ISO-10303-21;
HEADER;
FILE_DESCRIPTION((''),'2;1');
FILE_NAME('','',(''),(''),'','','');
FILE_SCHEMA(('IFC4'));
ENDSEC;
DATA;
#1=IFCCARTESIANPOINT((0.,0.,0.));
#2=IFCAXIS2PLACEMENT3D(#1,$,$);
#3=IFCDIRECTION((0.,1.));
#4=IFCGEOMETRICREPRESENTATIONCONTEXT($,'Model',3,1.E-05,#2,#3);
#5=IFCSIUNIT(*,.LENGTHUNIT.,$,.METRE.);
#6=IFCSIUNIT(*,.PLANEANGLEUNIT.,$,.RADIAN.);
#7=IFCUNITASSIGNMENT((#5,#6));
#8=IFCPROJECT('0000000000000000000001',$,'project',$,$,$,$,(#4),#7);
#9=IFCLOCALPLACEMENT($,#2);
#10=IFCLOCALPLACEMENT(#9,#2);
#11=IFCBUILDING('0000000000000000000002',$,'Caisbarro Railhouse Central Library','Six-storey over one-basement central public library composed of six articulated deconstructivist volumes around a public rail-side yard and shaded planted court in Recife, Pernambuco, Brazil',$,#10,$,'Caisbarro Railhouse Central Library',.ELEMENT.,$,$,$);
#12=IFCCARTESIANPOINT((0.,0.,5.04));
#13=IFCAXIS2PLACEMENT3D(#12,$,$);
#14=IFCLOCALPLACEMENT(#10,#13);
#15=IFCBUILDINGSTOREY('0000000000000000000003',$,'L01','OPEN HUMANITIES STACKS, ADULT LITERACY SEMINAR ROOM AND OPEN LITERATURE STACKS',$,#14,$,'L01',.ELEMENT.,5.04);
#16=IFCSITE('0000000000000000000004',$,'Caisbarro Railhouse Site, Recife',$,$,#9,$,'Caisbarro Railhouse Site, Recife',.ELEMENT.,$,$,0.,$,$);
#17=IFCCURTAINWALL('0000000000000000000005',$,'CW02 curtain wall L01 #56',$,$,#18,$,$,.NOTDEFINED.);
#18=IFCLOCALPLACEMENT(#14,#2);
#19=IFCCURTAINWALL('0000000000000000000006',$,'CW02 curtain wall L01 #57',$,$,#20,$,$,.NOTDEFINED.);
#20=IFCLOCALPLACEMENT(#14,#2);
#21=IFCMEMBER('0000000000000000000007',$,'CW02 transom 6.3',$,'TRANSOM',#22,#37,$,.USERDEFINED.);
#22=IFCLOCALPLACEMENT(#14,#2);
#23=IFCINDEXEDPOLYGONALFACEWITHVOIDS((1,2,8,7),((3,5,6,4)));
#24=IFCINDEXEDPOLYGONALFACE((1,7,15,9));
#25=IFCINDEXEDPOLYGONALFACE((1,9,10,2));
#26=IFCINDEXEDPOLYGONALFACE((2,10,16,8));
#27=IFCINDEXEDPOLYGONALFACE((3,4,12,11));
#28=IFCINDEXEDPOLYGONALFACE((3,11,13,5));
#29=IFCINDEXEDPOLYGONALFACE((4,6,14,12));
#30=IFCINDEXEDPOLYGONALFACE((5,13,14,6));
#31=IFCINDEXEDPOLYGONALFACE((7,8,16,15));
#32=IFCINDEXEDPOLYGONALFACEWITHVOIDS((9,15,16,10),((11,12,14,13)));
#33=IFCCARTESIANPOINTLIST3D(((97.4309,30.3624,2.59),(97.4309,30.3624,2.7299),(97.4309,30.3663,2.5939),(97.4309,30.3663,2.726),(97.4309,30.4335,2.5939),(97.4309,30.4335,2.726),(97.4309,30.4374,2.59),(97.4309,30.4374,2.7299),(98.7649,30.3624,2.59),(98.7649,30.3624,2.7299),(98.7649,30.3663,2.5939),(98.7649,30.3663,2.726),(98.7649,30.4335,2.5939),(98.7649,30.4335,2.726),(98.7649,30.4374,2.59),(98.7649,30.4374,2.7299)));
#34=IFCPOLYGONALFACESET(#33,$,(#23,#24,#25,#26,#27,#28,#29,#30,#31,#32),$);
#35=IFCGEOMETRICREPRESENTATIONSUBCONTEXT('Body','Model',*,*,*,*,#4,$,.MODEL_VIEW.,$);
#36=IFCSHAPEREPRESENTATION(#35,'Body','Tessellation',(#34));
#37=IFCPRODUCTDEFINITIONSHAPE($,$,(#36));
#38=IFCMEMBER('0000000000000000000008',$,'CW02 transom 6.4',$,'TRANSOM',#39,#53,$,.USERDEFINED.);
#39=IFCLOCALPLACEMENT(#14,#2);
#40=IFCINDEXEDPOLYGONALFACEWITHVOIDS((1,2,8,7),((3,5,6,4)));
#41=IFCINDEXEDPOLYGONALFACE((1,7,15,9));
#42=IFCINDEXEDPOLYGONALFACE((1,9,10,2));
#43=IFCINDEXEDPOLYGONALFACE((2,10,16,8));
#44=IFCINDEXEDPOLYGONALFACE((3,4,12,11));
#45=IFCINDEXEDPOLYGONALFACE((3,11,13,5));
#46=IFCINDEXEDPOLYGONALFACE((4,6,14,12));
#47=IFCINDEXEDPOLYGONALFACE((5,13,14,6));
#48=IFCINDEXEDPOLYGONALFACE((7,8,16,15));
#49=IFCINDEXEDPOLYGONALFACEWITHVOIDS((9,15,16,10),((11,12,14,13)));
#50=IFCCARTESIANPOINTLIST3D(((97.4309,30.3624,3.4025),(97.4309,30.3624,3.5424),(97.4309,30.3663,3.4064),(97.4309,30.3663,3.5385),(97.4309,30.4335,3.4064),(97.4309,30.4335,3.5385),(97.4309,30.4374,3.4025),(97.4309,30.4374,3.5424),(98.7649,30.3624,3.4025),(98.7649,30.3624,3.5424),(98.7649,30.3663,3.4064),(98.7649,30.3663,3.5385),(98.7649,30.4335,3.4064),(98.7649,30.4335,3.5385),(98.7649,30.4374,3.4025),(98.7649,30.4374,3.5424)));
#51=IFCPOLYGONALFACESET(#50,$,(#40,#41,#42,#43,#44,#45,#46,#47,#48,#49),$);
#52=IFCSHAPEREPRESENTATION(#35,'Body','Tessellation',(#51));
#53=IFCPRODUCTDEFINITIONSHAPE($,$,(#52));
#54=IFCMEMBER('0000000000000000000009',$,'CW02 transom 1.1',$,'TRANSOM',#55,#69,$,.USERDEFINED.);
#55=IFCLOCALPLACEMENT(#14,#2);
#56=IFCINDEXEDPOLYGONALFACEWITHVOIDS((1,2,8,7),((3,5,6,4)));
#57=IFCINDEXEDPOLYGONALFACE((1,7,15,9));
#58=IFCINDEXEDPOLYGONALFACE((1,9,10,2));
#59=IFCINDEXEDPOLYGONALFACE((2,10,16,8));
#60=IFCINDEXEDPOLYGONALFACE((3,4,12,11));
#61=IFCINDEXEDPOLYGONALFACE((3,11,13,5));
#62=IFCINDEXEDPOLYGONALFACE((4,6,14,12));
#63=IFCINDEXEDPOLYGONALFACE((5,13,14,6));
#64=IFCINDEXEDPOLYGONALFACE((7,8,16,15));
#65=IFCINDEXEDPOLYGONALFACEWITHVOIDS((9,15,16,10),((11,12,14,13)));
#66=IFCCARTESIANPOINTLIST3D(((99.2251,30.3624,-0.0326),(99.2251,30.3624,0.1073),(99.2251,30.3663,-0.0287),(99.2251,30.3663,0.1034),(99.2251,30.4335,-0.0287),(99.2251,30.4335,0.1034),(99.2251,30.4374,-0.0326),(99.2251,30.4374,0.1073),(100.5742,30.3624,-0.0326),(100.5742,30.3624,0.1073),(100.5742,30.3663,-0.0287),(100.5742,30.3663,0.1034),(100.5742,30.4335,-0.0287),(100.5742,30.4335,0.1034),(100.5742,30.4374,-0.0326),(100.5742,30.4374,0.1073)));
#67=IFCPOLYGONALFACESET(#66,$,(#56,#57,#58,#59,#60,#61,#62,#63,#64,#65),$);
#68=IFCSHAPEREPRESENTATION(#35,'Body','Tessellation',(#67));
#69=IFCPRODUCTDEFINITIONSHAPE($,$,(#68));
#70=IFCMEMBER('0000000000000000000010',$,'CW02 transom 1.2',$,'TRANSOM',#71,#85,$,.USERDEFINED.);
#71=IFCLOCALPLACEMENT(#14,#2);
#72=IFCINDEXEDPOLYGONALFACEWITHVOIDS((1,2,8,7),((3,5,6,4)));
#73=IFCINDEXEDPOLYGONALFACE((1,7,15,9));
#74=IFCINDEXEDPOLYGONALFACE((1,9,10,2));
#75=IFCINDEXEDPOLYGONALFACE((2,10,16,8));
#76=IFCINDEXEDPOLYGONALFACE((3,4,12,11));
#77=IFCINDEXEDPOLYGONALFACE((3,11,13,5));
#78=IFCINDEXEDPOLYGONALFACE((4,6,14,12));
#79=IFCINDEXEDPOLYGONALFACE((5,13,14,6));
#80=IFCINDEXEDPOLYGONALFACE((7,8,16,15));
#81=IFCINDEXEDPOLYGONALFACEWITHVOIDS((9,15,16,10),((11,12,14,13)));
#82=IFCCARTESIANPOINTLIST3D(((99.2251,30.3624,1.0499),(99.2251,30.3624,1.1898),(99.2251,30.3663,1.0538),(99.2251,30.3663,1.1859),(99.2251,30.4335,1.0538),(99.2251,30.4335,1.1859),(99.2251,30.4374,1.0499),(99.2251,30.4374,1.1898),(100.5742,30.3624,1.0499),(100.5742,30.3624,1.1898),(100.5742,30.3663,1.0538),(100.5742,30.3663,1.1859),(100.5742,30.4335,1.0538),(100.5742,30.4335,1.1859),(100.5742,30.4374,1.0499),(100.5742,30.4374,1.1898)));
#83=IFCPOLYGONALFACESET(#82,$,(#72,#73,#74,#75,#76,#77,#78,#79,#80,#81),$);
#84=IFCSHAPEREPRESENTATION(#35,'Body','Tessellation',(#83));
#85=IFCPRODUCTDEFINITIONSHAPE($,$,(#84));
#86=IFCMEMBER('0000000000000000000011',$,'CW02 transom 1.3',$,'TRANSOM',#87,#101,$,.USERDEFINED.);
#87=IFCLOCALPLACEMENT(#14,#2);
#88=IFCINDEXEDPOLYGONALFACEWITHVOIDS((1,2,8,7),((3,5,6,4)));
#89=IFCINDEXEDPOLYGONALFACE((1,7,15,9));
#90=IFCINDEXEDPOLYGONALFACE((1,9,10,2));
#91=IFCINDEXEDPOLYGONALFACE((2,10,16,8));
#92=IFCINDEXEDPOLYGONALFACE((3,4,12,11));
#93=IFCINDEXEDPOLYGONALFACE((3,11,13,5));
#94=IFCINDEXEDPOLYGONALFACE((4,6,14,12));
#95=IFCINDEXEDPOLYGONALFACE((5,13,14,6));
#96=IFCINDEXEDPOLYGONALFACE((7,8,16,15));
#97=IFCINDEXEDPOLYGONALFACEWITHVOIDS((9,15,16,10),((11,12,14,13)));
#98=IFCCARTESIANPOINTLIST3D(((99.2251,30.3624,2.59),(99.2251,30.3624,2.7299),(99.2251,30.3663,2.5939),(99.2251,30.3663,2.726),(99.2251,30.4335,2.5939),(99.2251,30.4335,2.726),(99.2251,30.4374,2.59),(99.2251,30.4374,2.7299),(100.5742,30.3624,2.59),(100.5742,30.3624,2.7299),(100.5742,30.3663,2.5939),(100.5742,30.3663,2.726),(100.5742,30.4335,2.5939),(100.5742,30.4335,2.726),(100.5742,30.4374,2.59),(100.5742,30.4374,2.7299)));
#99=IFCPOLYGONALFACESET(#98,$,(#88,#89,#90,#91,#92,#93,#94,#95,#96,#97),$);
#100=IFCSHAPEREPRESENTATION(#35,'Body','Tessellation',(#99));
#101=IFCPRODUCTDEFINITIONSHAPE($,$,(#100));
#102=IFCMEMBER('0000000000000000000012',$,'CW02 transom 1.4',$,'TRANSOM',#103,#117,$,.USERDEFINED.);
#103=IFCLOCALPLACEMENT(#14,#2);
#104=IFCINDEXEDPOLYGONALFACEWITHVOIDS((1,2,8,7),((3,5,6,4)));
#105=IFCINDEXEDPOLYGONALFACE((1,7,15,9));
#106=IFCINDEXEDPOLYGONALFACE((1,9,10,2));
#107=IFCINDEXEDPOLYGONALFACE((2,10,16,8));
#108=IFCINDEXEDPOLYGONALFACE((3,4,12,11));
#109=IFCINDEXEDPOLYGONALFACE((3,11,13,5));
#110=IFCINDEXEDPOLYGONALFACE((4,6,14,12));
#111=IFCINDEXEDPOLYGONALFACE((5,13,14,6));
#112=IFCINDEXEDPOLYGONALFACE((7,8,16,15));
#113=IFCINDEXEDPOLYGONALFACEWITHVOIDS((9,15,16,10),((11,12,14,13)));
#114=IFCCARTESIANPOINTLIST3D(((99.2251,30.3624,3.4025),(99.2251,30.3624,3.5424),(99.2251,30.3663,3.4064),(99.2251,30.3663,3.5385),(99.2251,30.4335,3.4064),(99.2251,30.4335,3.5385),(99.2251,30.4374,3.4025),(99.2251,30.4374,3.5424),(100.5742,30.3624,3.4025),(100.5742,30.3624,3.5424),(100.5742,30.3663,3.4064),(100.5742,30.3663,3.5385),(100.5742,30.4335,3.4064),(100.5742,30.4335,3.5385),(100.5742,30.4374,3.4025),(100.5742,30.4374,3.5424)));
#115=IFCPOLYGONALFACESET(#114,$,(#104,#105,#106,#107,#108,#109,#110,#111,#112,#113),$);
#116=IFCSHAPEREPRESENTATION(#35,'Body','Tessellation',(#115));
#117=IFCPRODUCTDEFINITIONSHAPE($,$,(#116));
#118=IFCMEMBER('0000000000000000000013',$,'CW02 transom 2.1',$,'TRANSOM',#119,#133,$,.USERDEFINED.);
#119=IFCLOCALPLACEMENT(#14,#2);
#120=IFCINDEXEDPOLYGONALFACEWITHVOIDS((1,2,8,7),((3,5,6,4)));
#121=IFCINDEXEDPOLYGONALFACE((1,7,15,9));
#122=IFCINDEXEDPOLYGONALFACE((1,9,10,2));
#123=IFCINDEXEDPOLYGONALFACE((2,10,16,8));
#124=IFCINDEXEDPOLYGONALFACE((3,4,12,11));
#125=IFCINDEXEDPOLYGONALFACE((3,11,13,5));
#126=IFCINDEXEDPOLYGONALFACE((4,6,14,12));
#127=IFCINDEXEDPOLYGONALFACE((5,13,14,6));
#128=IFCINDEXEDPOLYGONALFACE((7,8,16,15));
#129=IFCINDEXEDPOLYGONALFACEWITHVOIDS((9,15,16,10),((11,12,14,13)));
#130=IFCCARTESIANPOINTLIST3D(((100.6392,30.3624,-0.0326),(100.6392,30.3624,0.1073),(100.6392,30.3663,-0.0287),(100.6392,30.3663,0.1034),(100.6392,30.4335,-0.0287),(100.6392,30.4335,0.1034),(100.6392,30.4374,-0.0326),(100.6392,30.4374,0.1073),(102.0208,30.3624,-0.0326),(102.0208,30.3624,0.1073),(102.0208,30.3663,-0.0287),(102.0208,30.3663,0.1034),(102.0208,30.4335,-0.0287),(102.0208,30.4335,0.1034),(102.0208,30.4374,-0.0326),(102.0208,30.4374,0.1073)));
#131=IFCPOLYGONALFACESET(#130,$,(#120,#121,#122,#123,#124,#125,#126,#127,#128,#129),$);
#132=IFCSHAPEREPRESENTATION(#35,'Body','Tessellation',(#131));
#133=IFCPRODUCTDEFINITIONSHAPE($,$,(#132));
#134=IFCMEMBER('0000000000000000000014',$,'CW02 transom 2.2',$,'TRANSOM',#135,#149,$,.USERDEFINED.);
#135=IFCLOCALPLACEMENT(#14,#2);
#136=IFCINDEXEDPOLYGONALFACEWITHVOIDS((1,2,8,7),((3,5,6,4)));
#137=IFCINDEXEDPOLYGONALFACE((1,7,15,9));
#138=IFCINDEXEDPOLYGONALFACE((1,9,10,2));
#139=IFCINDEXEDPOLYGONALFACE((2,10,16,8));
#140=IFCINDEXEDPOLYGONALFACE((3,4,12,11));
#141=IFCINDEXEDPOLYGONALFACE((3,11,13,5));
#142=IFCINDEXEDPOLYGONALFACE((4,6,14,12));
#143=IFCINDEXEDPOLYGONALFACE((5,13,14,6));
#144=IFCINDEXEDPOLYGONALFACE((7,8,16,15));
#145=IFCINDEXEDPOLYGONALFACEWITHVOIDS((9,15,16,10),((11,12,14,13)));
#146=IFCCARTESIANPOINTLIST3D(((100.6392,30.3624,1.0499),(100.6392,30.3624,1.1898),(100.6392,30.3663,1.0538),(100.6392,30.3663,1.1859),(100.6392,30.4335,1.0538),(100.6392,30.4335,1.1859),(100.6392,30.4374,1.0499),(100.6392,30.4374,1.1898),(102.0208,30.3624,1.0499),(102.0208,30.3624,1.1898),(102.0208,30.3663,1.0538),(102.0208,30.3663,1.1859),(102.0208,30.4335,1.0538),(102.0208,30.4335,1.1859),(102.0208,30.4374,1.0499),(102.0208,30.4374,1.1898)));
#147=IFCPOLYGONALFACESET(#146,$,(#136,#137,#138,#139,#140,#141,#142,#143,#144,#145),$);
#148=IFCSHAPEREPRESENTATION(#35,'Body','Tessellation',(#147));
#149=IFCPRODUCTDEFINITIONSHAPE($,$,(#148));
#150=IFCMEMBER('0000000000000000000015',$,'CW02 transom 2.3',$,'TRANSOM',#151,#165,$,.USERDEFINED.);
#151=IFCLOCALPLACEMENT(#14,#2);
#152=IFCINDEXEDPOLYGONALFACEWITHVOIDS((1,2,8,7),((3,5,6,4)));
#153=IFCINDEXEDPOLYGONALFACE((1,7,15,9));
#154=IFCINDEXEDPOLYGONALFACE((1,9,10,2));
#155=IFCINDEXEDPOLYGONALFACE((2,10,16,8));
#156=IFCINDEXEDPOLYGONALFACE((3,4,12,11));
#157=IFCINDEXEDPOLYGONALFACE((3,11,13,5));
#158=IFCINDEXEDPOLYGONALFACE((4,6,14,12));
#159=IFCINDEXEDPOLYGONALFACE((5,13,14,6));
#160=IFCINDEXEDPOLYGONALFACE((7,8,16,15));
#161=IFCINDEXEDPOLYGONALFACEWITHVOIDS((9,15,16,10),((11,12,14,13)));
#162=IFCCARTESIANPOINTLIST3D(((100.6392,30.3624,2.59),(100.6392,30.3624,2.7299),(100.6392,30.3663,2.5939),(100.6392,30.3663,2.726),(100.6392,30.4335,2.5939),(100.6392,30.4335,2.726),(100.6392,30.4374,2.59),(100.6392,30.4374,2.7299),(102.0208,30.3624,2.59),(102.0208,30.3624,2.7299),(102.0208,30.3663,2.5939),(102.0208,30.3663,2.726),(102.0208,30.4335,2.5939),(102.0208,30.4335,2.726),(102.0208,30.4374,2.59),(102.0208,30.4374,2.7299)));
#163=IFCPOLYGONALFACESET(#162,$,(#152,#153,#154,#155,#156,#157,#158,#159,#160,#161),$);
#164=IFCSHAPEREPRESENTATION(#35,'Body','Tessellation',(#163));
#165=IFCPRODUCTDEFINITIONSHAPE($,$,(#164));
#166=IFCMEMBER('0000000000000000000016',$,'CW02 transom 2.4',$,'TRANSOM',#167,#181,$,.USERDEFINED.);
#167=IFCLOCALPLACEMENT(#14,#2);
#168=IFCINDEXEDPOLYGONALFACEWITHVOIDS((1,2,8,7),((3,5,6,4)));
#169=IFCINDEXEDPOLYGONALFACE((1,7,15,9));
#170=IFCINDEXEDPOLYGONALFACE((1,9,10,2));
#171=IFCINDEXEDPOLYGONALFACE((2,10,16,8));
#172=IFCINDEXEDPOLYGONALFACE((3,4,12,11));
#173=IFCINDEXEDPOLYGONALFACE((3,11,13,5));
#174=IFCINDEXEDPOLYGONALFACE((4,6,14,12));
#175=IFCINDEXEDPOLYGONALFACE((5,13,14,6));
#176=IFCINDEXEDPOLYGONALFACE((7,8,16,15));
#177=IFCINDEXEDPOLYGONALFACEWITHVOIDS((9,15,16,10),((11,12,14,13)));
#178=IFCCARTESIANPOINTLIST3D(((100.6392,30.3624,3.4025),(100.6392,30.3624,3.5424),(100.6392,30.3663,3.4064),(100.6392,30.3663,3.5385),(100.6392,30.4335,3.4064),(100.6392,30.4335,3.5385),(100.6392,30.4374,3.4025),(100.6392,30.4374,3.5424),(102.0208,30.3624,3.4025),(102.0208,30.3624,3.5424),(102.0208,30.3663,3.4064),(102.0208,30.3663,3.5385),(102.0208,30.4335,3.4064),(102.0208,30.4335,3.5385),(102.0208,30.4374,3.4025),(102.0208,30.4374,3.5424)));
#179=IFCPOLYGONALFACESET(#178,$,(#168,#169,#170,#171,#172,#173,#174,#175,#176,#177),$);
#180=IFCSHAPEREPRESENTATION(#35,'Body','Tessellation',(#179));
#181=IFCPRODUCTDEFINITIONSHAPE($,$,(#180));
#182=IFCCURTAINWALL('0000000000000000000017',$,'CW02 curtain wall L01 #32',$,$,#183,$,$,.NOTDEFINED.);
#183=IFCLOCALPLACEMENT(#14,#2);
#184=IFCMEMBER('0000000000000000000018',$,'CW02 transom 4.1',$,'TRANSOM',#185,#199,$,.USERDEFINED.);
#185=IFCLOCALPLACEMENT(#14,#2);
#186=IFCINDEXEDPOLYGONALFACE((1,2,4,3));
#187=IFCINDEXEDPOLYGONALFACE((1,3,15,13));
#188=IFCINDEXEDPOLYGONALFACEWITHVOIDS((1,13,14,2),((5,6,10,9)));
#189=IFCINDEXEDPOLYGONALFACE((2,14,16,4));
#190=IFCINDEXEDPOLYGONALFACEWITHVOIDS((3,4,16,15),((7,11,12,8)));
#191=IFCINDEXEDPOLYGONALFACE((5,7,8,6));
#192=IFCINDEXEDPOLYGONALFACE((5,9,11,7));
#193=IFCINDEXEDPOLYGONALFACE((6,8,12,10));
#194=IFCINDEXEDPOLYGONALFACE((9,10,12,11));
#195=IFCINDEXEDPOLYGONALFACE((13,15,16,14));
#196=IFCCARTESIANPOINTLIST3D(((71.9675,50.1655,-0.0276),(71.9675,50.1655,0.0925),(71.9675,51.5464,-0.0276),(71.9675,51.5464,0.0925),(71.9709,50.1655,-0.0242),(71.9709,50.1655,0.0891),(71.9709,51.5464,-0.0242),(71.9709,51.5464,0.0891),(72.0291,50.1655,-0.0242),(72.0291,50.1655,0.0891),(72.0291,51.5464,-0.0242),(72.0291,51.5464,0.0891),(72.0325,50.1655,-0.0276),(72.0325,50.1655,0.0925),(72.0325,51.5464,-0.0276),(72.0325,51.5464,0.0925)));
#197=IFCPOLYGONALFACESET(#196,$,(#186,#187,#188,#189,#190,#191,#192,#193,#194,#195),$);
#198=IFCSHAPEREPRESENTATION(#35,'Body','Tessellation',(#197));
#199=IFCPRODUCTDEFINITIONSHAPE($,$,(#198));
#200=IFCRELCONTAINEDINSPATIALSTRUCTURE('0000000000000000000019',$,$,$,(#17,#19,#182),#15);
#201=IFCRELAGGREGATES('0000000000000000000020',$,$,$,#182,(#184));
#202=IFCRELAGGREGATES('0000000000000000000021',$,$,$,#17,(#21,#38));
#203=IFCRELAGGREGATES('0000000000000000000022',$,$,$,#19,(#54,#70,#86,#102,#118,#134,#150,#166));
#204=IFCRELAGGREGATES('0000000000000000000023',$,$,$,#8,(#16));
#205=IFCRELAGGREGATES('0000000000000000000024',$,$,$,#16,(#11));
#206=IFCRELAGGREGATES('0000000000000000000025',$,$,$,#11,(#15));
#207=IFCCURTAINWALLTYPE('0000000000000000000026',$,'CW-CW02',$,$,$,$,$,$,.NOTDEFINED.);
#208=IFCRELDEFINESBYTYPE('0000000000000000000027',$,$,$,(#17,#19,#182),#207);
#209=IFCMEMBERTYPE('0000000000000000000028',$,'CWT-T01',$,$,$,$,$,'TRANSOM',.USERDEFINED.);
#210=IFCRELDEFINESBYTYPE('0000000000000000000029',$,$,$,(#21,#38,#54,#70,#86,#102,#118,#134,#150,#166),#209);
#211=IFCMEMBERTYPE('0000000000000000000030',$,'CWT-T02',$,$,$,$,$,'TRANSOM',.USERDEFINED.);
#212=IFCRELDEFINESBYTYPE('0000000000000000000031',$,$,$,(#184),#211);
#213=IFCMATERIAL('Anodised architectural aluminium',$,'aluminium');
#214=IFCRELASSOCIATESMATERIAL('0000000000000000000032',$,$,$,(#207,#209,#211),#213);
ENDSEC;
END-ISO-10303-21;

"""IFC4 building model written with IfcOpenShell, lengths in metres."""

from ifc_helpers import new_model, si_unit, direction, frame, origin, origin_2d, place, context, subcontext, project, spatial, hollow_rectangle, extrude, material, material_profile, profile_set, type_object, element, aggregate, save


model = new_model("IFC4")

# Units and contexts
model_context = context("Model", 3, precision=1e-05, world=origin(), true_north=direction((0.0, 1.0)))
body_context = subcontext(model_context, "Body", "Model", "MODEL_VIEW")
ifc_project = project(units=[si_unit("LENGTHUNIT", "METRE"), si_unit("PLANEANGLEUNIT", "RADIAN")], contexts=[model_context])

# Site, building, storey
site_placement = place(None, origin())
site = spatial("IfcSite", under=ifc_project, at=site_placement, Name="Caisbarro Railhouse Site, Recife", LongName="Caisbarro Railhouse Site, Recife", CompositionType="ELEMENT", RefElevation=0.0)
building_placement = place(site_placement, origin())
building = spatial("IfcBuilding", under=site, at=building_placement, Name="Caisbarro Railhouse Central Library", Description="Six-storey over one-basement central public library composed of six articulated deconstructivist volumes around a public rail-side yard and shaded planted court in Recife, Pernambuco, Brazil", LongName="Caisbarro Railhouse Central Library", CompositionType="ELEMENT")
storey_placement = place(building_placement, frame((0.0, 0.0, 5.04)))
storey = spatial("IfcBuildingStorey", under=building, at=storey_placement, Name="L01", Description="OPEN HUMANITIES STACKS, ADULT LITERACY SEMINAR ROOM AND OPEN LITERATURE STACKS", LongName="L01", CompositionType="ELEMENT", Elevation=5.04)

# Curtain wall
ifc_material_1 = material(Name="Anodised architectural aluminium", Category="aluminium")
curtain_wall_type = type_object("IfcCurtainWallType", Name="CW-CW02", PredefinedType="NOTDEFINED", material=ifc_material_1)
curtain_wall_1_placement = place(storey_placement, origin())
curtain_wall_1 = element("IfcCurtainWall", 1, at=curtain_wall_1_placement, inside=storey, type_object=curtain_wall_type, Name="CW02 curtain wall L01 #56", PredefinedType="NOTDEFINED")

# Curtain wall
curtain_wall_2_placement = place(storey_placement, origin())
curtain_wall_2 = element("IfcCurtainWall", 2, at=curtain_wall_2_placement, inside=storey, type_object=curtain_wall_type, Name="CW02 curtain wall L01 #57", PredefinedType="NOTDEFINED")

# Members
ifc_material_profile_1 = material_profile(ifc_material_1, hollow_rectangle(XDim=0.075, YDim=0.1399, WallThickness=0.0039, at=origin_2d()), Name="ALU-TRN-75X140")
ifc_profile_set_1 = profile_set([ifc_material_profile_1], Name="Anodised architectural aluminium")
member_type_1 = type_object("IfcMemberType", Name="CWT-T01", ElementType="TRANSOM", PredefinedType="USERDEFINED", material=ifc_profile_set_1)
member_1_placement = place(storey_placement, frame((97.4309, 30.3999, 2.6599), z_axis=(1.0, 0.0, 0.0), x_axis=(0.0, 1.0, 0.0)))
member_1 = element("IfcMember", 3, at=member_1_placement, type_object=member_type_1, Name="CW02 transom 6.3", ObjectType="TRANSOM", PredefinedType="USERDEFINED", context=body_context, shape_type="SweptSolid", body=[
    extrude(hollow_rectangle(XDim=0.075, YDim=0.1399, WallThickness=0.0039, at=origin_2d()), origin(), (0.0, 0.0, 1.0), 1.334),
])
member_2_placement = place(storey_placement, frame((97.4309, 30.3999, 3.4724), z_axis=(1.0, 0.0, 0.0), x_axis=(0.0, 1.0, 0.0)))
member_2 = element("IfcMember", 4, at=member_2_placement, type_object=member_type_1, Name="CW02 transom 6.4", ObjectType="TRANSOM", PredefinedType="USERDEFINED", context=body_context, shape_type="SweptSolid", body=[
    extrude(hollow_rectangle(XDim=0.075, YDim=0.1399, WallThickness=0.0039, at=origin_2d()), origin(), (0.0, 0.0, 1.0), 1.334),
])
member_3_placement = place(storey_placement, frame((99.2251, 30.3999, 0.0374), z_axis=(1.0, 0.0, 0.0), x_axis=(0.0, 1.0, 0.0)))
member_3 = element("IfcMember", 5, at=member_3_placement, type_object=member_type_1, Name="CW02 transom 1.1", ObjectType="TRANSOM", PredefinedType="USERDEFINED", context=body_context, shape_type="SweptSolid", body=[
    extrude(hollow_rectangle(XDim=0.075, YDim=0.1399, WallThickness=0.0039, at=origin_2d()), origin(), (0.0, 0.0, 1.0), 1.3491),
])
member_4_placement = place(storey_placement, frame((99.2251, 30.3999, 1.1199), z_axis=(1.0, 0.0, 0.0), x_axis=(0.0, 1.0, 0.0)))
member_4 = element("IfcMember", 6, at=member_4_placement, type_object=member_type_1, Name="CW02 transom 1.2", ObjectType="TRANSOM", PredefinedType="USERDEFINED", context=body_context, shape_type="SweptSolid", body=[
    extrude(hollow_rectangle(XDim=0.075, YDim=0.1399, WallThickness=0.0039, at=origin_2d()), origin(), (0.0, 0.0, 1.0), 1.3491),
])
member_5_placement = place(storey_placement, frame((99.2251, 30.3999, 2.6599), z_axis=(1.0, 0.0, 0.0), x_axis=(0.0, 1.0, 0.0)))
member_5 = element("IfcMember", 7, at=member_5_placement, type_object=member_type_1, Name="CW02 transom 1.3", ObjectType="TRANSOM", PredefinedType="USERDEFINED", context=body_context, shape_type="SweptSolid", body=[
    extrude(hollow_rectangle(XDim=0.075, YDim=0.1399, WallThickness=0.0039, at=origin_2d()), origin(), (0.0, 0.0, 1.0), 1.3491),
])
member_6_placement = place(storey_placement, frame((99.2251, 30.3999, 3.4724), z_axis=(1.0, 0.0, 0.0), x_axis=(0.0, 1.0, 0.0)))
member_6 = element("IfcMember", 8, at=member_6_placement, type_object=member_type_1, Name="CW02 transom 1.4", ObjectType="TRANSOM", PredefinedType="USERDEFINED", context=body_context, shape_type="SweptSolid", body=[
    extrude(hollow_rectangle(XDim=0.075, YDim=0.1399, WallThickness=0.0039, at=origin_2d()), origin(), (0.0, 0.0, 1.0), 1.3491),
])
member_7_placement = place(storey_placement, frame((100.6392, 30.3999, 0.0374), z_axis=(1.0, 0.0, 0.0), x_axis=(0.0, 1.0, 0.0)))
member_7 = element("IfcMember", 9, at=member_7_placement, type_object=member_type_1, Name="CW02 transom 2.1", ObjectType="TRANSOM", PredefinedType="USERDEFINED", context=body_context, shape_type="SweptSolid", body=[
    extrude(hollow_rectangle(XDim=0.075, YDim=0.1399, WallThickness=0.0039, at=origin_2d()), origin(), (0.0, 0.0, 1.0), 1.3816),
])
member_8_placement = place(storey_placement, frame((100.6392, 30.3999, 1.1199), z_axis=(1.0, 0.0, 0.0), x_axis=(0.0, 1.0, 0.0)))
member_8 = element("IfcMember", 10, at=member_8_placement, type_object=member_type_1, Name="CW02 transom 2.2", ObjectType="TRANSOM", PredefinedType="USERDEFINED", context=body_context, shape_type="SweptSolid", body=[
    extrude(hollow_rectangle(XDim=0.075, YDim=0.1399, WallThickness=0.0039, at=origin_2d()), origin(), (0.0, 0.0, 1.0), 1.3816),
])
member_9_placement = place(storey_placement, frame((100.6392, 30.3999, 2.6599), z_axis=(1.0, 0.0, 0.0), x_axis=(0.0, 1.0, 0.0)))
member_9 = element("IfcMember", 11, at=member_9_placement, type_object=member_type_1, Name="CW02 transom 2.3", ObjectType="TRANSOM", PredefinedType="USERDEFINED", context=body_context, shape_type="SweptSolid", body=[
    extrude(hollow_rectangle(XDim=0.075, YDim=0.1399, WallThickness=0.0039, at=origin_2d()), origin(), (0.0, 0.0, 1.0), 1.3816),
])
member_10_placement = place(storey_placement, frame((100.6392, 30.3999, 3.4724), z_axis=(1.0, 0.0, 0.0), x_axis=(0.0, 1.0, 0.0)))
member_10 = element("IfcMember", 12, at=member_10_placement, type_object=member_type_1, Name="CW02 transom 2.4", ObjectType="TRANSOM", PredefinedType="USERDEFINED", context=body_context, shape_type="SweptSolid", body=[
    extrude(hollow_rectangle(XDim=0.075, YDim=0.1399, WallThickness=0.0039, at=origin_2d()), origin(), (0.0, 0.0, 1.0), 1.3816),
])

# Curtain wall, member
curtain_wall_3_placement = place(storey_placement, origin())
curtain_wall_3 = element("IfcCurtainWall", 13, at=curtain_wall_3_placement, inside=storey, type_object=curtain_wall_type, Name="CW02 curtain wall L01 #32", PredefinedType="NOTDEFINED")
ifc_material_profile_2 = material_profile(ifc_material_1, hollow_rectangle(XDim=0.0649, YDim=0.1201, WallThickness=0.0034, at=origin_2d()), Name="ALU-TRN-65X120")
ifc_profile_set_2 = profile_set([ifc_material_profile_2], Name="Anodised architectural aluminium")
member_type_2 = type_object("IfcMemberType", Name="CWT-T02", ElementType="TRANSOM", PredefinedType="USERDEFINED", material=ifc_profile_set_2)
member_11_placement = place(storey_placement, frame((72.0, 50.1655, 0.0325), z_axis=(0.0, 1.0, 0.0), x_axis=(-1.0, 0.0, 0.0)))
member_11 = element("IfcMember", 14, at=member_11_placement, type_object=member_type_2, Name="CW02 transom 4.1", ObjectType="TRANSOM", PredefinedType="USERDEFINED", context=body_context, shape_type="SweptSolid", body=[
    extrude(hollow_rectangle(XDim=0.0649, YDim=0.1201, WallThickness=0.0034, at=origin_2d()), origin(), (0.0, 0.0, 1.0), 1.3809),
])
aggregate(curtain_wall_3, [member_11])

aggregate(curtain_wall_1, [member_1, member_2])
aggregate(curtain_wall_2, [member_3, member_4, member_5, member_6, member_7, member_8, member_9, member_10])

save(model, "model.ifc")
